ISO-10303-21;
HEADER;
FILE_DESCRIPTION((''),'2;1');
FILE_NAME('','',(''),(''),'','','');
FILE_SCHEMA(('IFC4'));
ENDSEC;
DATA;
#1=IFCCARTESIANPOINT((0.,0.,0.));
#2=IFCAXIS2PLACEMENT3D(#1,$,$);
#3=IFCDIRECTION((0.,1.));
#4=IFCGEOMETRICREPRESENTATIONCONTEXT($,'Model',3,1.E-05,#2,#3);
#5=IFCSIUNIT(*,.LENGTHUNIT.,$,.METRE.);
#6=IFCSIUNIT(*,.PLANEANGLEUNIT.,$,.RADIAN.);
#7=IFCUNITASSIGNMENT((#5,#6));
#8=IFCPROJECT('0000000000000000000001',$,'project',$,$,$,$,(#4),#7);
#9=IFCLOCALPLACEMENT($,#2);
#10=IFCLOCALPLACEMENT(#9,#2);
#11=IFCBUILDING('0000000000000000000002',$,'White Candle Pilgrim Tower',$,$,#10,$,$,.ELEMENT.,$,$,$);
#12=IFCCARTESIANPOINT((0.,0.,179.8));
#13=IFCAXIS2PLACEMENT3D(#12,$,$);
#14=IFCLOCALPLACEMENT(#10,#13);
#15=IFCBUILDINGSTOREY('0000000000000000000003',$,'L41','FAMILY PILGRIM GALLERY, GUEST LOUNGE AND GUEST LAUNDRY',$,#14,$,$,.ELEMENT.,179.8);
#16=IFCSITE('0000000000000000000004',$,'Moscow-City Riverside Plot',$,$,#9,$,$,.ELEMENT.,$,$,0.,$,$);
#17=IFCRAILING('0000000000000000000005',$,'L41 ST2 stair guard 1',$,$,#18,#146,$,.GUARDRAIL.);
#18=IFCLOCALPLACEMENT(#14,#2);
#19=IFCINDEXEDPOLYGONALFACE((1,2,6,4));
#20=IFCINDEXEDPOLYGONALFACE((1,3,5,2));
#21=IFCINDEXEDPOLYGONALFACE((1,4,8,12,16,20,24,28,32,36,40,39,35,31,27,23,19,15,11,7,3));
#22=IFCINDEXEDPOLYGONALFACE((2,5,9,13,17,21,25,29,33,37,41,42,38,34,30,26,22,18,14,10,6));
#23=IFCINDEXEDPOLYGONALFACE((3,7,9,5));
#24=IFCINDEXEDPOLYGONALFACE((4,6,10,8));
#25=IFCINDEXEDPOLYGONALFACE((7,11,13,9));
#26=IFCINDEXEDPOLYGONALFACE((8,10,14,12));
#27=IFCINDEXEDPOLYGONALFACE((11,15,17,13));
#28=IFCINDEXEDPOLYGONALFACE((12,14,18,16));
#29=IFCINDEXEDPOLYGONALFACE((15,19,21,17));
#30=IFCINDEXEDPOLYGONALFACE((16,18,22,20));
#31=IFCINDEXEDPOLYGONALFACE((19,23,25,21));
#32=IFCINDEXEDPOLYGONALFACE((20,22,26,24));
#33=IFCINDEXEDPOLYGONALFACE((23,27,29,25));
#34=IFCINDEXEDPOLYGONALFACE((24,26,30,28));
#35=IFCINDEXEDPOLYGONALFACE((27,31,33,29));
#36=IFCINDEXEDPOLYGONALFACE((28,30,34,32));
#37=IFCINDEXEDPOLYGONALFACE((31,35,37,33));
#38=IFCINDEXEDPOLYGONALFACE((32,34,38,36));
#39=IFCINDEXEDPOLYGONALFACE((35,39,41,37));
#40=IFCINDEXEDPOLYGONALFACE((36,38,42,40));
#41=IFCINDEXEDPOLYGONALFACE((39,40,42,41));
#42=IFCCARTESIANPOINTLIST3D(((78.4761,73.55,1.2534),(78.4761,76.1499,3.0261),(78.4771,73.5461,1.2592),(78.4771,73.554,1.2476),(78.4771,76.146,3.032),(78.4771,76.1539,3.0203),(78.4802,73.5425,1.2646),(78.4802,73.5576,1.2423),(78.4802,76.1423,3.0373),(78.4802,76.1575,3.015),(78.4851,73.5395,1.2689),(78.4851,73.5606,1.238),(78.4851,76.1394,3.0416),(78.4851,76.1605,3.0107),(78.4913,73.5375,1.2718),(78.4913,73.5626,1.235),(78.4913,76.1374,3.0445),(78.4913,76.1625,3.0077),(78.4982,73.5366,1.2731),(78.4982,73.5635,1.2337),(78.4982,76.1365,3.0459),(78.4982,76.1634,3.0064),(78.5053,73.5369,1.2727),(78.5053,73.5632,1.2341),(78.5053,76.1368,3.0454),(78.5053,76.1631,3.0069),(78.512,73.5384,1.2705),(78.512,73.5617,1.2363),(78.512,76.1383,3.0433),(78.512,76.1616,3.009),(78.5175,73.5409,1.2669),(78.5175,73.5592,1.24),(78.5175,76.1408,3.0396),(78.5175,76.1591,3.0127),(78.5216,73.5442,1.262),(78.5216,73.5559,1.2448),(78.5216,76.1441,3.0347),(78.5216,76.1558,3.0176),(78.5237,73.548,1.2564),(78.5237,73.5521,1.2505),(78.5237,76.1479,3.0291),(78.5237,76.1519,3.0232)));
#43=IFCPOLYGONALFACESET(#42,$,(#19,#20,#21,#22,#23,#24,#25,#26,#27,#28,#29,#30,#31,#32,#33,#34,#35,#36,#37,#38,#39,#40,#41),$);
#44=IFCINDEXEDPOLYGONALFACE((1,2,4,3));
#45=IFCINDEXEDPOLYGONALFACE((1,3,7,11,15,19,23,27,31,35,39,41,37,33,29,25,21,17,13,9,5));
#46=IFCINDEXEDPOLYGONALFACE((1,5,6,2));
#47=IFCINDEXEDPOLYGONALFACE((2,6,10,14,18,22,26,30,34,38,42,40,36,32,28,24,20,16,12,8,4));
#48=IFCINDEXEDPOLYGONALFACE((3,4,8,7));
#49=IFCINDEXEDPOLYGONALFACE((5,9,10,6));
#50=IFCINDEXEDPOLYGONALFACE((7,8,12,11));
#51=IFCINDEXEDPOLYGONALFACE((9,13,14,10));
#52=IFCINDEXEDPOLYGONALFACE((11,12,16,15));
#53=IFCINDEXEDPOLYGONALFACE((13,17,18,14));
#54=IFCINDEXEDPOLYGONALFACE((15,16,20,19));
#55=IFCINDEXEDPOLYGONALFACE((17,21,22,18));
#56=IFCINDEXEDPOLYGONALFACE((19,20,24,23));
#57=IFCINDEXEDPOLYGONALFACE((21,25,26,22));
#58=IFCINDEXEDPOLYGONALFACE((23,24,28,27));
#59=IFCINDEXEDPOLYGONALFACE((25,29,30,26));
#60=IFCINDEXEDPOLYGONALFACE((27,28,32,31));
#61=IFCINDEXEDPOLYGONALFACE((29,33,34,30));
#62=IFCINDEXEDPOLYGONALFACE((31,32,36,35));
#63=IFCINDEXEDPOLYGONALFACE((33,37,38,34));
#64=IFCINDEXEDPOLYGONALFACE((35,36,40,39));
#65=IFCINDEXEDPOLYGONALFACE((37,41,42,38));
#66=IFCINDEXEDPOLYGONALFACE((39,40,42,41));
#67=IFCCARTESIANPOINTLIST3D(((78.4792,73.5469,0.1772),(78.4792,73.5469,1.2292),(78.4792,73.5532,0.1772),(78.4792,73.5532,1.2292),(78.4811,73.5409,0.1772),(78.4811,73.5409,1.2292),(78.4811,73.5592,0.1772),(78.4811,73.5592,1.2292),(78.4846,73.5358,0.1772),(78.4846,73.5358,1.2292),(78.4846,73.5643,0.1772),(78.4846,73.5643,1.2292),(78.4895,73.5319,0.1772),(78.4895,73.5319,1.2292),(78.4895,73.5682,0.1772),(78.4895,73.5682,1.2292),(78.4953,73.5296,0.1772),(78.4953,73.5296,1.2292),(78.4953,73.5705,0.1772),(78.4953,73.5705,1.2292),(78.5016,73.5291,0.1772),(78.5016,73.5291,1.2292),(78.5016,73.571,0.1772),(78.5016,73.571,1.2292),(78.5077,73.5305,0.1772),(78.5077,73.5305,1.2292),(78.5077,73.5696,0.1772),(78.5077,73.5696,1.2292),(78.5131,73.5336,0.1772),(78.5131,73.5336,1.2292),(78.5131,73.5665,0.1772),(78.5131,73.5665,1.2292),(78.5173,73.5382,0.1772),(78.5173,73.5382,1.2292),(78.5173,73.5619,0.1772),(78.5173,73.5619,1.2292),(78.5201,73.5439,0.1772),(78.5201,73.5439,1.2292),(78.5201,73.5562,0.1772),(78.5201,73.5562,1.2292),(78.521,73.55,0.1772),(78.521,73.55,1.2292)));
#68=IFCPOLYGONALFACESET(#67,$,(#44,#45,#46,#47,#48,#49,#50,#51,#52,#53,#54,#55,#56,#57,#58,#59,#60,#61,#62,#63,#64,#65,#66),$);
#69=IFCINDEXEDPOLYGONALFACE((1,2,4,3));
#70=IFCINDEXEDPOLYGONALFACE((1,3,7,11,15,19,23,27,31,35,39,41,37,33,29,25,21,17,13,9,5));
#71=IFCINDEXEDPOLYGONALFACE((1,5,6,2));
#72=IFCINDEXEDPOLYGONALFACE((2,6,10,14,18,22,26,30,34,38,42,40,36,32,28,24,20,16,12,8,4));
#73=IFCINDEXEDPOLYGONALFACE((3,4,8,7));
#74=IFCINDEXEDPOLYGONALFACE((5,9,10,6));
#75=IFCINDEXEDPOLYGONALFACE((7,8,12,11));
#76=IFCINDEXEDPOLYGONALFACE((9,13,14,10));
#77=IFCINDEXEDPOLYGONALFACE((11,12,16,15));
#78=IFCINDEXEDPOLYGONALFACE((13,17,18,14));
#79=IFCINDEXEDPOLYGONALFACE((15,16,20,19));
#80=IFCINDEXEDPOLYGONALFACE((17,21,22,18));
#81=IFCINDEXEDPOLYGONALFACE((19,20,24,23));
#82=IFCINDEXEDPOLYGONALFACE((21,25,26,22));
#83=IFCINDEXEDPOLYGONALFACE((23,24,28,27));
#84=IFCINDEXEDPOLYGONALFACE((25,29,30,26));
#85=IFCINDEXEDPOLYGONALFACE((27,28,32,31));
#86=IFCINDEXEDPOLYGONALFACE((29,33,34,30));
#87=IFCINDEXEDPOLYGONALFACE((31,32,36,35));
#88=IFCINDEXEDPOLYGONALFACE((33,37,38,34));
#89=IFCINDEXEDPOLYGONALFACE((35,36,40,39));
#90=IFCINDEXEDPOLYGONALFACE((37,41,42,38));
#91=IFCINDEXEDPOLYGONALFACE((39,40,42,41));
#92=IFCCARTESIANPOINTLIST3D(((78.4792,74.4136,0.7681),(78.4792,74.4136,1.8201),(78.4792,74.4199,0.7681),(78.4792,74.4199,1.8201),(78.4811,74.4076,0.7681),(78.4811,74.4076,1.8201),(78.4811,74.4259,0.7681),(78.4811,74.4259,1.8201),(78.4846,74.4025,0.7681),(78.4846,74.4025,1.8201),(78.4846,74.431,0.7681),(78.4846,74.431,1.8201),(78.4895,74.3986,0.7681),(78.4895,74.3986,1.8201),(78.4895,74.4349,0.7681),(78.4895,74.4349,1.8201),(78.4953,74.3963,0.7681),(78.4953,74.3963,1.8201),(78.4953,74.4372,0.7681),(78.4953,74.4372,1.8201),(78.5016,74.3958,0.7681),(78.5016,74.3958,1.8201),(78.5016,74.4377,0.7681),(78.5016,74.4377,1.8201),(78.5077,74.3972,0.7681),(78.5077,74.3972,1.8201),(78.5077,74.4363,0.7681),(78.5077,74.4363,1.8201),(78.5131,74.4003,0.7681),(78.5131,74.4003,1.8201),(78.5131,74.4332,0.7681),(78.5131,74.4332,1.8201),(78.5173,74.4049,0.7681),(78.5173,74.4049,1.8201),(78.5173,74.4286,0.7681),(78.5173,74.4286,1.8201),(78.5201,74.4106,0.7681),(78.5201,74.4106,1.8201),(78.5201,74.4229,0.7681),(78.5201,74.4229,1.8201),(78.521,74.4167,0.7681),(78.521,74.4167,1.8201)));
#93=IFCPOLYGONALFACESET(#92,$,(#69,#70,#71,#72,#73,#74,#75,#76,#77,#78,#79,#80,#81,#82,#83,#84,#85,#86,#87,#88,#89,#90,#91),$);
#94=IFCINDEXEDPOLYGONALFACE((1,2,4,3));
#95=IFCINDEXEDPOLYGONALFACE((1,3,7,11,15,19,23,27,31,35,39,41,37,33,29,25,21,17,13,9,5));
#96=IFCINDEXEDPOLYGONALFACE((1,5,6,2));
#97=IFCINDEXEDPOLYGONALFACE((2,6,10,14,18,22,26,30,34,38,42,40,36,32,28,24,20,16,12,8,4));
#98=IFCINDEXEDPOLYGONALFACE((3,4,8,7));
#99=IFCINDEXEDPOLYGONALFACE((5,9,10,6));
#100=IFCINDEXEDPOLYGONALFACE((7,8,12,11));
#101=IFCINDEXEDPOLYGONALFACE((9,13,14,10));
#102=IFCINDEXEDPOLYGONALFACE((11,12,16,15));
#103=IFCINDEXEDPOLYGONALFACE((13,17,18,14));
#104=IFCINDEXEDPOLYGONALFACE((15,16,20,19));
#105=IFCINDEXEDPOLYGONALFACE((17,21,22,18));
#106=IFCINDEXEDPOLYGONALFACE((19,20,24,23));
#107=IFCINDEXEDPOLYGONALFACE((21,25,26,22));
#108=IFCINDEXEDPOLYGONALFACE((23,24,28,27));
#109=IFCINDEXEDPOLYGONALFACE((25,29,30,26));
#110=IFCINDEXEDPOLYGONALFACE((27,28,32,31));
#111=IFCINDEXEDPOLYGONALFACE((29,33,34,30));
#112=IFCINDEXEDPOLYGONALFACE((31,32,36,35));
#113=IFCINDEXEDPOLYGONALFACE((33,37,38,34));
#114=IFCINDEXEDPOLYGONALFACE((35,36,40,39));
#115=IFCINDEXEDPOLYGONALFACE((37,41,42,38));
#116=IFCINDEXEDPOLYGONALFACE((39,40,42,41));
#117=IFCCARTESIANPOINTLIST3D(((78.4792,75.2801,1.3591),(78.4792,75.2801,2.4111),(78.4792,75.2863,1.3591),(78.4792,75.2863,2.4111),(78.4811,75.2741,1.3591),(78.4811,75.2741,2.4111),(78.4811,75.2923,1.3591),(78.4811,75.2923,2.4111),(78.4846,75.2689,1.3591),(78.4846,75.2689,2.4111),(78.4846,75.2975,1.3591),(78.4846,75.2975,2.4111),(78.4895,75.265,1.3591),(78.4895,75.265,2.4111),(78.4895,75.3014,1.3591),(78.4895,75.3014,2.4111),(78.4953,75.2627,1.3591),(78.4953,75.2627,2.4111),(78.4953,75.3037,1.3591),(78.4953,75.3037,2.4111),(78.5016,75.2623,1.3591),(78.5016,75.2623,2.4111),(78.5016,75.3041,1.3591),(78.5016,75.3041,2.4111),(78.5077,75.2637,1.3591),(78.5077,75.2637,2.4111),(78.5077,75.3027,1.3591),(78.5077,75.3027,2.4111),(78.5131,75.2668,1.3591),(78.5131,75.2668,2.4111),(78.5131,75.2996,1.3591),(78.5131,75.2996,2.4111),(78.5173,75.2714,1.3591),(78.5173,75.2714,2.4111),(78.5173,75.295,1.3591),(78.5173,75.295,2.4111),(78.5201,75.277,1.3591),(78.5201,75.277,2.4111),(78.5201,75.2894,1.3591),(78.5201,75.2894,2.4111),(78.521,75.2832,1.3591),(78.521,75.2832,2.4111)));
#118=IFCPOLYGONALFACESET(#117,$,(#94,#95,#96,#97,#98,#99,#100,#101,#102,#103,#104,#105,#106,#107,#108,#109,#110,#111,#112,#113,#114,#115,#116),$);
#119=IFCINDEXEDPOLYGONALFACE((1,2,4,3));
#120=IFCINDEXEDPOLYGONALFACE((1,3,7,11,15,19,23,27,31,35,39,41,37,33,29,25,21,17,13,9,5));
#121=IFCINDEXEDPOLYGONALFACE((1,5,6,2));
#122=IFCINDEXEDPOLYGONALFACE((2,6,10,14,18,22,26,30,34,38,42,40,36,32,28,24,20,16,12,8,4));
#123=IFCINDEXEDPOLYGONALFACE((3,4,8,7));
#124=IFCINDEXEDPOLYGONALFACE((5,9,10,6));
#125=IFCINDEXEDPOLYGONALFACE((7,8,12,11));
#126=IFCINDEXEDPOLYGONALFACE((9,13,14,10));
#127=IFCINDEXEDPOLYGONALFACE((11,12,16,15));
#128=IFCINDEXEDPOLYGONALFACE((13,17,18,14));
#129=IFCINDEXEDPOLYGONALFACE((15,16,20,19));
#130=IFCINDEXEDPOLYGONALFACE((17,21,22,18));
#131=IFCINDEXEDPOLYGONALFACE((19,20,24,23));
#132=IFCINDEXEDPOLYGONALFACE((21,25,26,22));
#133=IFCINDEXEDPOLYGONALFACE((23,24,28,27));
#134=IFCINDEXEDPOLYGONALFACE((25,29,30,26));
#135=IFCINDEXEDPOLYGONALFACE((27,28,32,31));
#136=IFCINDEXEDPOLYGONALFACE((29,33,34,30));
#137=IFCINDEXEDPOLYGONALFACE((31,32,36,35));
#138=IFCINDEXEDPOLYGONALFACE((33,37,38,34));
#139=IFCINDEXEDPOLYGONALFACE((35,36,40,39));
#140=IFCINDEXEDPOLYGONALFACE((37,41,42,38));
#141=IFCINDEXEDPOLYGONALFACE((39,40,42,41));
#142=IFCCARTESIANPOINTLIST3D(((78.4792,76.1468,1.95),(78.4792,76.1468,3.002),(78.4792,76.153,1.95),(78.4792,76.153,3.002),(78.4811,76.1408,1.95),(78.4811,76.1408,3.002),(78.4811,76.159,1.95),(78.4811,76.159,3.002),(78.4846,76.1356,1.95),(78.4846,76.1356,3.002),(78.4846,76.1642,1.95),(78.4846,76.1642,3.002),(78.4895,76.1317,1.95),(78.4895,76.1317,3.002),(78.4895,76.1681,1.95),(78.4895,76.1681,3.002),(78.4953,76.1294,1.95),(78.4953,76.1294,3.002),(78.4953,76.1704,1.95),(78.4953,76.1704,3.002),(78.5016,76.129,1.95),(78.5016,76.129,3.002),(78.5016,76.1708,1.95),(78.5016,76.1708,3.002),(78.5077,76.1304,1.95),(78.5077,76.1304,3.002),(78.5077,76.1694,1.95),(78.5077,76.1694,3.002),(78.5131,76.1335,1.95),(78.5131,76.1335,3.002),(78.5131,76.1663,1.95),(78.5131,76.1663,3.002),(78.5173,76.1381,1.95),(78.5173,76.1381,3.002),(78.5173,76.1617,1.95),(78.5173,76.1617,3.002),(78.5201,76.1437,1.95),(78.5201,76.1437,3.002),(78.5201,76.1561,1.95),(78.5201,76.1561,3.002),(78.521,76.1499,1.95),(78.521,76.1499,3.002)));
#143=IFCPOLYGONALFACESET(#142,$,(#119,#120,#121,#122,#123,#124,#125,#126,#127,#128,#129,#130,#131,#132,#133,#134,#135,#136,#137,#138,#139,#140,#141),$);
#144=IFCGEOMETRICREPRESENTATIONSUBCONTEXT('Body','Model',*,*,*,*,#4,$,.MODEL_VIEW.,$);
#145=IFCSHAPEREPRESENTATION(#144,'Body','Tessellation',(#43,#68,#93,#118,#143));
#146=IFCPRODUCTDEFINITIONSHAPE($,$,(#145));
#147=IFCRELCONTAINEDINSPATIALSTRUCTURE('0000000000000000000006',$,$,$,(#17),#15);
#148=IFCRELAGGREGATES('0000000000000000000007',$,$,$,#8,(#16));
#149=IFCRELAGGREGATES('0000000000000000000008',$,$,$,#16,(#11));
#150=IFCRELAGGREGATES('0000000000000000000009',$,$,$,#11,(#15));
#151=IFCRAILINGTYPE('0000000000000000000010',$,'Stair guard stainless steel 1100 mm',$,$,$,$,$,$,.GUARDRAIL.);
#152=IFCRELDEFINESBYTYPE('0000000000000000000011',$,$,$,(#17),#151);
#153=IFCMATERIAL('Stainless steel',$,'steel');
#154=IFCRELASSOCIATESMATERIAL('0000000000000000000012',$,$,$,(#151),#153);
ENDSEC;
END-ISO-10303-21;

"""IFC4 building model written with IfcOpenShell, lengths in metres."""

from ifc_helpers import new_model, si_unit, direction, frame, origin, origin_2d, place, context, subcontext, project, spatial, circle, extrude, material, type_object, element, save


model = new_model("IFC4")

# Units and contexts
model_context = context("Model", 3, precision=1e-05, world=origin(), true_north=direction((0.0, 1.0)))
body_context = subcontext(model_context, "Body", "Model", "MODEL_VIEW")
ifc_project = project(units=[si_unit("LENGTHUNIT", "METRE"), si_unit("PLANEANGLEUNIT", "RADIAN")], contexts=[model_context])

# Site, building, storey
site_placement = place(None, origin())
site = spatial("IfcSite", under=ifc_project, at=site_placement, Name="Moscow-City Riverside Plot", CompositionType="ELEMENT", RefElevation=0.0)
building_placement = place(site_placement, origin())
building = spatial("IfcBuilding", under=site, at=building_placement, Name="White Candle Pilgrim Tower", CompositionType="ELEMENT")
storey_placement = place(building_placement, frame((0.0, 0.0, 179.8)))
storey = spatial("IfcBuildingStorey", under=building, at=storey_placement, Name="L41", Description="FAMILY PILGRIM GALLERY, GUEST LOUNGE AND GUEST LAUNDRY", CompositionType="ELEMENT", Elevation=179.8)

# Railing
ifc_material_1 = material(Name="Stainless steel", Category="steel")
railing_type = type_object("IfcRailingType", Name="Stair guard stainless steel 1100 mm", PredefinedType="GUARDRAIL", material=ifc_material_1)
railing_1_placement = place(storey_placement, frame((78.5, 73.55, 0.1772)))
element("IfcRailing", 1, at=railing_1_placement, inside=storey, type_object=railing_type, Name="L41 ST2 stair guard 1", PredefinedType="GUARDRAIL", context=body_context, shape_type="SweptSolid", body=[
    extrude(circle(Radius=0.0239, at=origin_2d()), frame((0.0, 0.0, 1.0762), z_axis=(0.0, 0.826216, 0.563354), x_axis=(-1.0, 0.0, 0.0)), (0.0, 0.0, 1.0), 3.1467),
    extrude(circle(Radius=0.021, at=origin_2d()), origin(), (0.0, 0.0, 1.0), 1.052),
    extrude(circle(Radius=0.021, at=origin_2d()), frame((0.0, 0.8667, 0.5908)), (0.0, 0.0, 1.0), 1.052),
    extrude(circle(Radius=0.021, at=origin_2d()), frame((0.0, 1.7332, 1.1819)), (0.0, 0.0, 1.0), 1.052),
    extrude(circle(Radius=0.021, at=origin_2d()), frame((0.0, 2.5999, 1.7727)), (0.0, 0.0, 1.0), 1.052),
])

save(model, "model.ifc")
